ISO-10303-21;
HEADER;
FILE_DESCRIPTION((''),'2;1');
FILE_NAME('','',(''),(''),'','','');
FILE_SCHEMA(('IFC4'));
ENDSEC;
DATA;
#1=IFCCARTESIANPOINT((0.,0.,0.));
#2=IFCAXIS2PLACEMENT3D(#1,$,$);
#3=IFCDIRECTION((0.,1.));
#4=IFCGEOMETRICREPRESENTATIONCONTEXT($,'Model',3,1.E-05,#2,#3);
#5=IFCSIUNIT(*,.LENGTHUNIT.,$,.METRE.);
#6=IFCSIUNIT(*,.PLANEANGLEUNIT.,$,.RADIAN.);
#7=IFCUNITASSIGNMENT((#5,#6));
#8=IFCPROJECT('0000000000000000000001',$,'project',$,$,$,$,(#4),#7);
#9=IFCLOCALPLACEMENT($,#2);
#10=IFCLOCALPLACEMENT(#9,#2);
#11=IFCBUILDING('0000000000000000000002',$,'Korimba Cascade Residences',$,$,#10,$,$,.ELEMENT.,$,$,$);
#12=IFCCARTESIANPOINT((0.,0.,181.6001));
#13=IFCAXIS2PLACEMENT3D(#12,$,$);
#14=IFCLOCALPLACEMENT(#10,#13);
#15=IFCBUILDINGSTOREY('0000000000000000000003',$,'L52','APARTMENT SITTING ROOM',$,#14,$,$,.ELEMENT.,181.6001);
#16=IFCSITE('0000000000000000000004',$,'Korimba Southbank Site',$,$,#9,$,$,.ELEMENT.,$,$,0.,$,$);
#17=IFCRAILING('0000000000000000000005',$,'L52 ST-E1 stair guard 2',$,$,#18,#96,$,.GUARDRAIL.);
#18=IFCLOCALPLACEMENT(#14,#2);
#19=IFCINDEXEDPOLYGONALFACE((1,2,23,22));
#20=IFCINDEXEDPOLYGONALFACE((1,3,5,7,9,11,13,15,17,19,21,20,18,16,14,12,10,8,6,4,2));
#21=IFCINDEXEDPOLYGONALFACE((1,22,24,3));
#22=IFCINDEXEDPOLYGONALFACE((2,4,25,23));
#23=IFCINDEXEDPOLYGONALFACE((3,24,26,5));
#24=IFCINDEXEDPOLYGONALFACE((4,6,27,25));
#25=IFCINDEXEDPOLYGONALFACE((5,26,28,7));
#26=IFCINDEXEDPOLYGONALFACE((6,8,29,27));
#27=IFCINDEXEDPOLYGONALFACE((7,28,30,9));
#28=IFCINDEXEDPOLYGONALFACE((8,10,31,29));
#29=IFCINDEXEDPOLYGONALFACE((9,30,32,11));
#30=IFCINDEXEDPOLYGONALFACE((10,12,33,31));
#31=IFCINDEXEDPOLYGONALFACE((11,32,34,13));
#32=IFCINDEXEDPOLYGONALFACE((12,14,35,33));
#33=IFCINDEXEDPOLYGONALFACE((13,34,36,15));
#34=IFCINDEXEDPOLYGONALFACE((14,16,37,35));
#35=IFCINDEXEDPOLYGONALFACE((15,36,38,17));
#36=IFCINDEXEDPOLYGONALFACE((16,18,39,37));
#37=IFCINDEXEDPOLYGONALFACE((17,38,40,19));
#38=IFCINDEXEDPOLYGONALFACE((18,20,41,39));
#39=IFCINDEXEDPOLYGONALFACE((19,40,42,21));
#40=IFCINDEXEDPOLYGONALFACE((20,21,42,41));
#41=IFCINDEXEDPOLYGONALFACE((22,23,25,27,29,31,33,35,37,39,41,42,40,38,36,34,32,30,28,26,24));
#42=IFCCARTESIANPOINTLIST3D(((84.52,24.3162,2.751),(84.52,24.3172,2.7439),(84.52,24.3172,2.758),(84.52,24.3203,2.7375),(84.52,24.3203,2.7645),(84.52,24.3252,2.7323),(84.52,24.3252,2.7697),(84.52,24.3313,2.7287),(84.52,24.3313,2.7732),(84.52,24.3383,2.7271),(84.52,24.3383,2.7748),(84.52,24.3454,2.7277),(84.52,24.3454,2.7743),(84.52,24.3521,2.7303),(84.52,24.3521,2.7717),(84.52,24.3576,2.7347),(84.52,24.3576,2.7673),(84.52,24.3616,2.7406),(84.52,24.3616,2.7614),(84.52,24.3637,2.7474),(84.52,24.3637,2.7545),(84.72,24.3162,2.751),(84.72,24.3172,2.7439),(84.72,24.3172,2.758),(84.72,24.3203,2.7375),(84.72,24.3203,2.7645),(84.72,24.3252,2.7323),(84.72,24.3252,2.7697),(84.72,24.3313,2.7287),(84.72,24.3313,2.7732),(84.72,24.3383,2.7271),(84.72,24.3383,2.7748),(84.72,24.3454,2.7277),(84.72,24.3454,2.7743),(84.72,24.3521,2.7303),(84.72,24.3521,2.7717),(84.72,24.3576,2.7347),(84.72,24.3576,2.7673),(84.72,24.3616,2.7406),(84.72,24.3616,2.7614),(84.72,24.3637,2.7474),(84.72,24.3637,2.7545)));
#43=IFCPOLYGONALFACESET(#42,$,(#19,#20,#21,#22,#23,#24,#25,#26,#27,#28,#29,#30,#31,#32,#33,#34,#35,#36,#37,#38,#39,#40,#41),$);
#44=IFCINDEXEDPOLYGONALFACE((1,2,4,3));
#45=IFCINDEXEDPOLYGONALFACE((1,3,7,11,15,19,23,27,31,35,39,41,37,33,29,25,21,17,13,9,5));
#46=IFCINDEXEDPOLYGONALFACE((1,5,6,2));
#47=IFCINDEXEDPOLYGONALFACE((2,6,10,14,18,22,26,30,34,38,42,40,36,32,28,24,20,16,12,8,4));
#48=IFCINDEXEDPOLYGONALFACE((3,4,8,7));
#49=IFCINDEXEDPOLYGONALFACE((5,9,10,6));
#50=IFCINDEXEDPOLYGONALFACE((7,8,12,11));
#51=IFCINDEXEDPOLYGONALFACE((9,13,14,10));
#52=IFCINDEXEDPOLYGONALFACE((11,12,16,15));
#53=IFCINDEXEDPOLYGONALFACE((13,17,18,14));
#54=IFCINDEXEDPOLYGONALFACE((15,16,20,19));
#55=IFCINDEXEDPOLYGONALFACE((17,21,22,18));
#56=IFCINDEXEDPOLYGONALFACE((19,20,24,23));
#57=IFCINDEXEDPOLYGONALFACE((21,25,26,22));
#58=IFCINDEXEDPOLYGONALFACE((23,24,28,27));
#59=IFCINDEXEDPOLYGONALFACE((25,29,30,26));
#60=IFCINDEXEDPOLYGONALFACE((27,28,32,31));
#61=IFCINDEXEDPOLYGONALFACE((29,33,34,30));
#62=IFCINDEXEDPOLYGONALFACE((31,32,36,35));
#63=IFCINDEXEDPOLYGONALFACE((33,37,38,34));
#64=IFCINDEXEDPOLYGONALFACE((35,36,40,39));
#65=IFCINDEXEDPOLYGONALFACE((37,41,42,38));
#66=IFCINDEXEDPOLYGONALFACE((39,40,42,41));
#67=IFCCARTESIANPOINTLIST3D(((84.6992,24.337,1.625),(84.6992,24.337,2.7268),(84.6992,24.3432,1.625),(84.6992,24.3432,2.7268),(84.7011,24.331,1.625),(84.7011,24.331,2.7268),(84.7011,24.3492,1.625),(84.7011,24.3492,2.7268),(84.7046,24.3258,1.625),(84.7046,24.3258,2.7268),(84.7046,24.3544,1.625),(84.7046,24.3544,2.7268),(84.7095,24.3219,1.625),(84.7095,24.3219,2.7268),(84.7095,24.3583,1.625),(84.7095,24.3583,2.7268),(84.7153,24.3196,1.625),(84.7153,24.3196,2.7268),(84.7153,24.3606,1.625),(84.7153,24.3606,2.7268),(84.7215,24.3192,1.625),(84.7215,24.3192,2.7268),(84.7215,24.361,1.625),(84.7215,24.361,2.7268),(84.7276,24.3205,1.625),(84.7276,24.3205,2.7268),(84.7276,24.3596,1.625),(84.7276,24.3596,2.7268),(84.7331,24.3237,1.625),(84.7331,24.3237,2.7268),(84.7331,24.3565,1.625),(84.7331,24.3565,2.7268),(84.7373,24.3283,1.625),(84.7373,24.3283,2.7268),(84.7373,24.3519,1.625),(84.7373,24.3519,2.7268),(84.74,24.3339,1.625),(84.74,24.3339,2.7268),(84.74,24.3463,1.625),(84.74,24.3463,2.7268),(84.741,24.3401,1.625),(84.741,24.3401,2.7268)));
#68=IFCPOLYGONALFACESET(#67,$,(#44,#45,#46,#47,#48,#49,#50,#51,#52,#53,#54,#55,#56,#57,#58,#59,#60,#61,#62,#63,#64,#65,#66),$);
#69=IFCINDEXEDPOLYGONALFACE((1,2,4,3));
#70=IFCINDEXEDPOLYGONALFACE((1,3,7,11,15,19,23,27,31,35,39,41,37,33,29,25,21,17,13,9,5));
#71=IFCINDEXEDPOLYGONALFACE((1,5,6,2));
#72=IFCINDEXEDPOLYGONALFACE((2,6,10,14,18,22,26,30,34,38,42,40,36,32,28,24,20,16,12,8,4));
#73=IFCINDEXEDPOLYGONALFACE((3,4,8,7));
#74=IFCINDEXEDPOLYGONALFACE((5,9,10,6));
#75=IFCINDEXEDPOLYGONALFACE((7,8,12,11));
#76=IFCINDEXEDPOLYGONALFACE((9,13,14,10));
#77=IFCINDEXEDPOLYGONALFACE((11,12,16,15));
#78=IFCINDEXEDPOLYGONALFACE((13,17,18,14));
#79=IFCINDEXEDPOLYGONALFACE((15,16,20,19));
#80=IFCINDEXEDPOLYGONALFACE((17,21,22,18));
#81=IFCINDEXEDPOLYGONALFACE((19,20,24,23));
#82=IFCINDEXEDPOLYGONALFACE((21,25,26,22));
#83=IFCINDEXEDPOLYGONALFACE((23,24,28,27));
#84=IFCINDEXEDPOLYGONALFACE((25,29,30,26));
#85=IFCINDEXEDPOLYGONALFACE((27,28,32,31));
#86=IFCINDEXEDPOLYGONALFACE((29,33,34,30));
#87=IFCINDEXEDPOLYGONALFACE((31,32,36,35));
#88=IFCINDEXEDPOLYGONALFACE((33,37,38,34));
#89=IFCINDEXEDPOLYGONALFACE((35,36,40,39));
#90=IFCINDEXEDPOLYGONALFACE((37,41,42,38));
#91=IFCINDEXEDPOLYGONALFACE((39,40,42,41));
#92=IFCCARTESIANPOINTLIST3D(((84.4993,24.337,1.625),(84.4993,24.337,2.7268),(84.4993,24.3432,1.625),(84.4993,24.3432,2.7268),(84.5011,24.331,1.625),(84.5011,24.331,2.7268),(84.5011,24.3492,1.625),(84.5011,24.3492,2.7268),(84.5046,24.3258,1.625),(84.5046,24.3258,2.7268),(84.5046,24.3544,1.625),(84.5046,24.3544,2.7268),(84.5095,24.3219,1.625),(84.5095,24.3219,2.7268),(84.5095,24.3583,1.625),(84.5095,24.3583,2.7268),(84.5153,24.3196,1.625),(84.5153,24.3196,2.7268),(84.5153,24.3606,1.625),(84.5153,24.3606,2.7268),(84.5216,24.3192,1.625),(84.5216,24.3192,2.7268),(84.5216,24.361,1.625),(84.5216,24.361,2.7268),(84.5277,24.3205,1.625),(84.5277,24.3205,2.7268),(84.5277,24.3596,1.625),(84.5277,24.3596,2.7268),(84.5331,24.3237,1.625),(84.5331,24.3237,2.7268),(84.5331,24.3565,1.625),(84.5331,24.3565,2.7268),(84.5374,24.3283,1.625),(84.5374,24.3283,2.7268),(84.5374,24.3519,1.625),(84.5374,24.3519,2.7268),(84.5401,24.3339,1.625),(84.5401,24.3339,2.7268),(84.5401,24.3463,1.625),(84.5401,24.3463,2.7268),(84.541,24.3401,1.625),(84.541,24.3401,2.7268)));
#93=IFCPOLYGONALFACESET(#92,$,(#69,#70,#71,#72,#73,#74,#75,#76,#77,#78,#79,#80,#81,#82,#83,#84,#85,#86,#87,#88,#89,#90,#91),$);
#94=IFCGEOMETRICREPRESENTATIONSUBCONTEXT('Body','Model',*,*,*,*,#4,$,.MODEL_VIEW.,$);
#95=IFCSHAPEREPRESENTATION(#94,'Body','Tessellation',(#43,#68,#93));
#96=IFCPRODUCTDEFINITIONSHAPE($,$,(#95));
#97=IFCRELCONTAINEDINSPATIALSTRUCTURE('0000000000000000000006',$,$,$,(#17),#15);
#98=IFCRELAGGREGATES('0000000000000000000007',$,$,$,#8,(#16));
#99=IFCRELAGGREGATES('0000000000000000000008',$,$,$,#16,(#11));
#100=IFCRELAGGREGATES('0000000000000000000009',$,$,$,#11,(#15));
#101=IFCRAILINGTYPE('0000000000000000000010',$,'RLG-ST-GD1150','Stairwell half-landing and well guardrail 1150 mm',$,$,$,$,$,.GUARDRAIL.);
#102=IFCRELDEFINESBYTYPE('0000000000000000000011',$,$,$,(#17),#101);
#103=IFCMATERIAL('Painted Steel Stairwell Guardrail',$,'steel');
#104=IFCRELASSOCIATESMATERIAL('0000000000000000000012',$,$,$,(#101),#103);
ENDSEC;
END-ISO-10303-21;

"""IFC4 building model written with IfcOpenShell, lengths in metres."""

from ifc_helpers import new_model, si_unit, direction, frame, origin, origin_2d, place, context, subcontext, project, spatial, circle, extrude, material, type_object, element, save


model = new_model("IFC4")

# Units and contexts
model_context = context("Model", 3, precision=1e-05, world=origin(), true_north=direction((0.0, 1.0)))
body_context = subcontext(model_context, "Body", "Model", "MODEL_VIEW")
ifc_project = project(units=[si_unit("LENGTHUNIT", "METRE"), si_unit("PLANEANGLEUNIT", "RADIAN")], contexts=[model_context])

# Site, building, storey
site_placement = place(None, origin())
site = spatial("IfcSite", under=ifc_project, at=site_placement, Name="Korimba Southbank Site", CompositionType="ELEMENT", RefElevation=0.0)
building_placement = place(site_placement, origin())
building = spatial("IfcBuilding", under=site, at=building_placement, Name="Korimba Cascade Residences", CompositionType="ELEMENT")
storey_placement = place(building_placement, frame((0.0, 0.0, 181.6001)))
storey = spatial("IfcBuildingStorey", under=building, at=storey_placement, Name="L52", Description="APARTMENT SITTING ROOM", CompositionType="ELEMENT", Elevation=181.6001)

# Railing
ifc_material_1 = material(Name="Painted Steel Stairwell Guardrail", Category="steel")
railing_type_1 = type_object("IfcRailingType", Name="RLG-ST-GD1150", Description="Stairwell half-landing and well guardrail 1150 mm", PredefinedType="GUARDRAIL", material=ifc_material_1)
railing_1_placement = place(storey_placement, frame((84.72, 24.3401, 1.625)))
element("IfcRailing", 1, at=railing_1_placement, inside=storey, type_object=railing_type_1, Name="L52 ST-E1 stair guard 2", PredefinedType="GUARDRAIL", context=body_context, shape_type="SweptSolid", body=[
    extrude(circle(Radius=0.0239, at=origin_2d()), frame((0.0, 0.0, 1.126), z_axis=(-1.0, 0.0, 0.0), x_axis=(0.0, -1.0, 0.0)), (0.0, 0.0, 1.0), 0.2),
    extrude(circle(Radius=0.021, at=origin_2d()), origin(), (0.0, 0.0, 1.0), 1.1018),
    extrude(circle(Radius=0.021, at=origin_2d()), frame((-0.2, 0.0, 0.0)), (0.0, 0.0, 1.0), 1.1018),
])

save(model, "model.ifc")
